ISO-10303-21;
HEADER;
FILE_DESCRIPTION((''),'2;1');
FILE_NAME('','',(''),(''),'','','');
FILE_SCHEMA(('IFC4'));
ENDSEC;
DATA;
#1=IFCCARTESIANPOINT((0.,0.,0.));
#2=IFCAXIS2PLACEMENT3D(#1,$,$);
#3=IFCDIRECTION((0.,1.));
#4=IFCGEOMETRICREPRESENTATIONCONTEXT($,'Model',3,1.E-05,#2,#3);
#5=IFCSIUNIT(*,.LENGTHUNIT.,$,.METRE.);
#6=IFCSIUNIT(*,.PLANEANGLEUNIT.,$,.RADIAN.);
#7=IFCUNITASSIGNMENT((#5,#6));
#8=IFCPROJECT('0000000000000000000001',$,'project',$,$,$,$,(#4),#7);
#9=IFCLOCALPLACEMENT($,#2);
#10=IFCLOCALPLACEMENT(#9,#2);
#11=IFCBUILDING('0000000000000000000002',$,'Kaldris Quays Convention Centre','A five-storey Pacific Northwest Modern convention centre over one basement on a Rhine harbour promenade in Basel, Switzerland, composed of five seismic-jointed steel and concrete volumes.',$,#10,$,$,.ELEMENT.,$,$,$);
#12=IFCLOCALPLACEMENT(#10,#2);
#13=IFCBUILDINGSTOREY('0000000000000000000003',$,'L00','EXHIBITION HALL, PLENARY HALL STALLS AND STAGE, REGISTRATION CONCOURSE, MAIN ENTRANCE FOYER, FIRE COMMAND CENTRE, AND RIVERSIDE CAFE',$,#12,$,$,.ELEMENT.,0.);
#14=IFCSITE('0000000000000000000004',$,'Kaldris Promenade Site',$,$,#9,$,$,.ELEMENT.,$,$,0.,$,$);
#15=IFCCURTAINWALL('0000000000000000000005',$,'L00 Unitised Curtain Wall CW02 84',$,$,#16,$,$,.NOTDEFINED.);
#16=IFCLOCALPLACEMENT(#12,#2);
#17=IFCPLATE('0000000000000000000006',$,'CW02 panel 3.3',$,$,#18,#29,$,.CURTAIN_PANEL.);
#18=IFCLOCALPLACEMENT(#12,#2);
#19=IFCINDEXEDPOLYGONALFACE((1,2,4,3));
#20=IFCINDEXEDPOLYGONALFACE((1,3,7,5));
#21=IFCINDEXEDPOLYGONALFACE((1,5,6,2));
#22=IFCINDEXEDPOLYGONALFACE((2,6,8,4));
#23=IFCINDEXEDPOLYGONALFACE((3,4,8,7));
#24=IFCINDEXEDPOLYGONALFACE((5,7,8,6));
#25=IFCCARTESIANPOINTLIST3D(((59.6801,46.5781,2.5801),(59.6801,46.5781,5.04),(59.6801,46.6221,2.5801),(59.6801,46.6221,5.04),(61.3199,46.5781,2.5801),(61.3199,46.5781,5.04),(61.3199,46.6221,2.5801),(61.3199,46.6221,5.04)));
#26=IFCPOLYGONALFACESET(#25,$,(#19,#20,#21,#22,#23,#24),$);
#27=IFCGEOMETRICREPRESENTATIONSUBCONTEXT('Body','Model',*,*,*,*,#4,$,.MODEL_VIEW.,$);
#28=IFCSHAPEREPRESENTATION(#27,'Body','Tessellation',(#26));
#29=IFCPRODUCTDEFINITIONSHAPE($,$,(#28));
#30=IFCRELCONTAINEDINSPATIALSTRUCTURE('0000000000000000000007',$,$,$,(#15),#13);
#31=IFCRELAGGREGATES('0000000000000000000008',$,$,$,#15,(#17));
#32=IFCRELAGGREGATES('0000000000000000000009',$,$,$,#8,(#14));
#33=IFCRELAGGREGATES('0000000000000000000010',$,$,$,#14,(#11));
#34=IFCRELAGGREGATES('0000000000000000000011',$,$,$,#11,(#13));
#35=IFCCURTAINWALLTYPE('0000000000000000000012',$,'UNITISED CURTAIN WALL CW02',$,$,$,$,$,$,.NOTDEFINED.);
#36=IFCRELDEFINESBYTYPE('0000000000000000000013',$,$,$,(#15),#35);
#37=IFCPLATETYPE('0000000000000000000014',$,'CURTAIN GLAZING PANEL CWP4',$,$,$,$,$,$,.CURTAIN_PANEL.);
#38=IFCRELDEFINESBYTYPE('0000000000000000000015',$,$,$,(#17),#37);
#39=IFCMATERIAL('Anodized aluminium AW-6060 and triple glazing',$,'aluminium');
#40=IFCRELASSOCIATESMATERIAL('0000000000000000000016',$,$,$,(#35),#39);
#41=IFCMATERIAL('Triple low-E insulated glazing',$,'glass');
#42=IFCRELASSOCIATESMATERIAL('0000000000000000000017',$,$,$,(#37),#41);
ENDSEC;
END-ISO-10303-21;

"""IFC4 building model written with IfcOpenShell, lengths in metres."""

from ifc_helpers import new_model, si_unit, direction, frame, origin, origin_2d, place, context, subcontext, project, spatial, rectangle, extrude, material, type_object, element, aggregate, save


model = new_model("IFC4")

# Units and contexts
model_context = context("Model", 3, precision=1e-05, world=origin(), true_north=direction((0.0, 1.0)))
body_context = subcontext(model_context, "Body", "Model", "MODEL_VIEW")
ifc_project = project(units=[si_unit("LENGTHUNIT", "METRE"), si_unit("PLANEANGLEUNIT", "RADIAN")], contexts=[model_context])

# Site, building, storey
site_placement = place(None, origin())
site = spatial("IfcSite", under=ifc_project, at=site_placement, Name="Kaldris Promenade Site", CompositionType="ELEMENT", RefElevation=0.0)
building_placement = place(site_placement, origin())
building = spatial("IfcBuilding", under=site, at=building_placement, Name="Kaldris Quays Convention Centre", Description="A five-storey Pacific Northwest Modern convention centre over one basement on a Rhine harbour promenade in Basel, Switzerland, composed of five seismic-jointed steel and concrete volumes.", CompositionType="ELEMENT")
storey_placement = place(building_placement, origin())
storey = spatial("IfcBuildingStorey", under=building, at=storey_placement, Name="L00", Description="EXHIBITION HALL, PLENARY HALL STALLS AND STAGE, REGISTRATION CONCOURSE, MAIN ENTRANCE FOYER, FIRE COMMAND CENTRE, AND RIVERSIDE CAFE", CompositionType="ELEMENT", Elevation=0.0)

# Curtain wall
ifc_material_1 = material(Name="Anodized aluminium AW-6060 and triple glazing", Category="aluminium")
curtain_wall_type = type_object("IfcCurtainWallType", Name="UNITISED CURTAIN WALL CW02", PredefinedType="NOTDEFINED", material=ifc_material_1)
curtain_wall_placement = place(storey_placement, origin())
curtain_wall = element("IfcCurtainWall", 1, at=curtain_wall_placement, inside=storey, type_object=curtain_wall_type, Name="L00 Unitised Curtain Wall CW02 84", PredefinedType="NOTDEFINED")

# Plate
ifc_material_2 = material(Name="Triple low-E insulated glazing", Category="glass")
plate_type = type_object("IfcPlateType", Name="CURTAIN GLAZING PANEL CWP4", PredefinedType="CURTAIN_PANEL", material=ifc_material_2)
plate_1_placement = place(storey_placement, frame((60.5, 46.6001, 2.5801), z_axis=(0.0, 0.0, 1.0), x_axis=(1.0, 0.0, 0.0)))
plate_1 = element("IfcPlate", 2, at=plate_1_placement, type_object=plate_type, Name="CW02 panel 3.3", PredefinedType="CURTAIN_PANEL", context=body_context, shape_type="SweptSolid", body=[
    extrude(rectangle(XDim=1.6399, YDim=0.0439, at=origin_2d()), origin(), (0.0, 0.0, 1.0), 2.46),
])
aggregate(curtain_wall, [plate_1])

save(model, "model.ifc")
